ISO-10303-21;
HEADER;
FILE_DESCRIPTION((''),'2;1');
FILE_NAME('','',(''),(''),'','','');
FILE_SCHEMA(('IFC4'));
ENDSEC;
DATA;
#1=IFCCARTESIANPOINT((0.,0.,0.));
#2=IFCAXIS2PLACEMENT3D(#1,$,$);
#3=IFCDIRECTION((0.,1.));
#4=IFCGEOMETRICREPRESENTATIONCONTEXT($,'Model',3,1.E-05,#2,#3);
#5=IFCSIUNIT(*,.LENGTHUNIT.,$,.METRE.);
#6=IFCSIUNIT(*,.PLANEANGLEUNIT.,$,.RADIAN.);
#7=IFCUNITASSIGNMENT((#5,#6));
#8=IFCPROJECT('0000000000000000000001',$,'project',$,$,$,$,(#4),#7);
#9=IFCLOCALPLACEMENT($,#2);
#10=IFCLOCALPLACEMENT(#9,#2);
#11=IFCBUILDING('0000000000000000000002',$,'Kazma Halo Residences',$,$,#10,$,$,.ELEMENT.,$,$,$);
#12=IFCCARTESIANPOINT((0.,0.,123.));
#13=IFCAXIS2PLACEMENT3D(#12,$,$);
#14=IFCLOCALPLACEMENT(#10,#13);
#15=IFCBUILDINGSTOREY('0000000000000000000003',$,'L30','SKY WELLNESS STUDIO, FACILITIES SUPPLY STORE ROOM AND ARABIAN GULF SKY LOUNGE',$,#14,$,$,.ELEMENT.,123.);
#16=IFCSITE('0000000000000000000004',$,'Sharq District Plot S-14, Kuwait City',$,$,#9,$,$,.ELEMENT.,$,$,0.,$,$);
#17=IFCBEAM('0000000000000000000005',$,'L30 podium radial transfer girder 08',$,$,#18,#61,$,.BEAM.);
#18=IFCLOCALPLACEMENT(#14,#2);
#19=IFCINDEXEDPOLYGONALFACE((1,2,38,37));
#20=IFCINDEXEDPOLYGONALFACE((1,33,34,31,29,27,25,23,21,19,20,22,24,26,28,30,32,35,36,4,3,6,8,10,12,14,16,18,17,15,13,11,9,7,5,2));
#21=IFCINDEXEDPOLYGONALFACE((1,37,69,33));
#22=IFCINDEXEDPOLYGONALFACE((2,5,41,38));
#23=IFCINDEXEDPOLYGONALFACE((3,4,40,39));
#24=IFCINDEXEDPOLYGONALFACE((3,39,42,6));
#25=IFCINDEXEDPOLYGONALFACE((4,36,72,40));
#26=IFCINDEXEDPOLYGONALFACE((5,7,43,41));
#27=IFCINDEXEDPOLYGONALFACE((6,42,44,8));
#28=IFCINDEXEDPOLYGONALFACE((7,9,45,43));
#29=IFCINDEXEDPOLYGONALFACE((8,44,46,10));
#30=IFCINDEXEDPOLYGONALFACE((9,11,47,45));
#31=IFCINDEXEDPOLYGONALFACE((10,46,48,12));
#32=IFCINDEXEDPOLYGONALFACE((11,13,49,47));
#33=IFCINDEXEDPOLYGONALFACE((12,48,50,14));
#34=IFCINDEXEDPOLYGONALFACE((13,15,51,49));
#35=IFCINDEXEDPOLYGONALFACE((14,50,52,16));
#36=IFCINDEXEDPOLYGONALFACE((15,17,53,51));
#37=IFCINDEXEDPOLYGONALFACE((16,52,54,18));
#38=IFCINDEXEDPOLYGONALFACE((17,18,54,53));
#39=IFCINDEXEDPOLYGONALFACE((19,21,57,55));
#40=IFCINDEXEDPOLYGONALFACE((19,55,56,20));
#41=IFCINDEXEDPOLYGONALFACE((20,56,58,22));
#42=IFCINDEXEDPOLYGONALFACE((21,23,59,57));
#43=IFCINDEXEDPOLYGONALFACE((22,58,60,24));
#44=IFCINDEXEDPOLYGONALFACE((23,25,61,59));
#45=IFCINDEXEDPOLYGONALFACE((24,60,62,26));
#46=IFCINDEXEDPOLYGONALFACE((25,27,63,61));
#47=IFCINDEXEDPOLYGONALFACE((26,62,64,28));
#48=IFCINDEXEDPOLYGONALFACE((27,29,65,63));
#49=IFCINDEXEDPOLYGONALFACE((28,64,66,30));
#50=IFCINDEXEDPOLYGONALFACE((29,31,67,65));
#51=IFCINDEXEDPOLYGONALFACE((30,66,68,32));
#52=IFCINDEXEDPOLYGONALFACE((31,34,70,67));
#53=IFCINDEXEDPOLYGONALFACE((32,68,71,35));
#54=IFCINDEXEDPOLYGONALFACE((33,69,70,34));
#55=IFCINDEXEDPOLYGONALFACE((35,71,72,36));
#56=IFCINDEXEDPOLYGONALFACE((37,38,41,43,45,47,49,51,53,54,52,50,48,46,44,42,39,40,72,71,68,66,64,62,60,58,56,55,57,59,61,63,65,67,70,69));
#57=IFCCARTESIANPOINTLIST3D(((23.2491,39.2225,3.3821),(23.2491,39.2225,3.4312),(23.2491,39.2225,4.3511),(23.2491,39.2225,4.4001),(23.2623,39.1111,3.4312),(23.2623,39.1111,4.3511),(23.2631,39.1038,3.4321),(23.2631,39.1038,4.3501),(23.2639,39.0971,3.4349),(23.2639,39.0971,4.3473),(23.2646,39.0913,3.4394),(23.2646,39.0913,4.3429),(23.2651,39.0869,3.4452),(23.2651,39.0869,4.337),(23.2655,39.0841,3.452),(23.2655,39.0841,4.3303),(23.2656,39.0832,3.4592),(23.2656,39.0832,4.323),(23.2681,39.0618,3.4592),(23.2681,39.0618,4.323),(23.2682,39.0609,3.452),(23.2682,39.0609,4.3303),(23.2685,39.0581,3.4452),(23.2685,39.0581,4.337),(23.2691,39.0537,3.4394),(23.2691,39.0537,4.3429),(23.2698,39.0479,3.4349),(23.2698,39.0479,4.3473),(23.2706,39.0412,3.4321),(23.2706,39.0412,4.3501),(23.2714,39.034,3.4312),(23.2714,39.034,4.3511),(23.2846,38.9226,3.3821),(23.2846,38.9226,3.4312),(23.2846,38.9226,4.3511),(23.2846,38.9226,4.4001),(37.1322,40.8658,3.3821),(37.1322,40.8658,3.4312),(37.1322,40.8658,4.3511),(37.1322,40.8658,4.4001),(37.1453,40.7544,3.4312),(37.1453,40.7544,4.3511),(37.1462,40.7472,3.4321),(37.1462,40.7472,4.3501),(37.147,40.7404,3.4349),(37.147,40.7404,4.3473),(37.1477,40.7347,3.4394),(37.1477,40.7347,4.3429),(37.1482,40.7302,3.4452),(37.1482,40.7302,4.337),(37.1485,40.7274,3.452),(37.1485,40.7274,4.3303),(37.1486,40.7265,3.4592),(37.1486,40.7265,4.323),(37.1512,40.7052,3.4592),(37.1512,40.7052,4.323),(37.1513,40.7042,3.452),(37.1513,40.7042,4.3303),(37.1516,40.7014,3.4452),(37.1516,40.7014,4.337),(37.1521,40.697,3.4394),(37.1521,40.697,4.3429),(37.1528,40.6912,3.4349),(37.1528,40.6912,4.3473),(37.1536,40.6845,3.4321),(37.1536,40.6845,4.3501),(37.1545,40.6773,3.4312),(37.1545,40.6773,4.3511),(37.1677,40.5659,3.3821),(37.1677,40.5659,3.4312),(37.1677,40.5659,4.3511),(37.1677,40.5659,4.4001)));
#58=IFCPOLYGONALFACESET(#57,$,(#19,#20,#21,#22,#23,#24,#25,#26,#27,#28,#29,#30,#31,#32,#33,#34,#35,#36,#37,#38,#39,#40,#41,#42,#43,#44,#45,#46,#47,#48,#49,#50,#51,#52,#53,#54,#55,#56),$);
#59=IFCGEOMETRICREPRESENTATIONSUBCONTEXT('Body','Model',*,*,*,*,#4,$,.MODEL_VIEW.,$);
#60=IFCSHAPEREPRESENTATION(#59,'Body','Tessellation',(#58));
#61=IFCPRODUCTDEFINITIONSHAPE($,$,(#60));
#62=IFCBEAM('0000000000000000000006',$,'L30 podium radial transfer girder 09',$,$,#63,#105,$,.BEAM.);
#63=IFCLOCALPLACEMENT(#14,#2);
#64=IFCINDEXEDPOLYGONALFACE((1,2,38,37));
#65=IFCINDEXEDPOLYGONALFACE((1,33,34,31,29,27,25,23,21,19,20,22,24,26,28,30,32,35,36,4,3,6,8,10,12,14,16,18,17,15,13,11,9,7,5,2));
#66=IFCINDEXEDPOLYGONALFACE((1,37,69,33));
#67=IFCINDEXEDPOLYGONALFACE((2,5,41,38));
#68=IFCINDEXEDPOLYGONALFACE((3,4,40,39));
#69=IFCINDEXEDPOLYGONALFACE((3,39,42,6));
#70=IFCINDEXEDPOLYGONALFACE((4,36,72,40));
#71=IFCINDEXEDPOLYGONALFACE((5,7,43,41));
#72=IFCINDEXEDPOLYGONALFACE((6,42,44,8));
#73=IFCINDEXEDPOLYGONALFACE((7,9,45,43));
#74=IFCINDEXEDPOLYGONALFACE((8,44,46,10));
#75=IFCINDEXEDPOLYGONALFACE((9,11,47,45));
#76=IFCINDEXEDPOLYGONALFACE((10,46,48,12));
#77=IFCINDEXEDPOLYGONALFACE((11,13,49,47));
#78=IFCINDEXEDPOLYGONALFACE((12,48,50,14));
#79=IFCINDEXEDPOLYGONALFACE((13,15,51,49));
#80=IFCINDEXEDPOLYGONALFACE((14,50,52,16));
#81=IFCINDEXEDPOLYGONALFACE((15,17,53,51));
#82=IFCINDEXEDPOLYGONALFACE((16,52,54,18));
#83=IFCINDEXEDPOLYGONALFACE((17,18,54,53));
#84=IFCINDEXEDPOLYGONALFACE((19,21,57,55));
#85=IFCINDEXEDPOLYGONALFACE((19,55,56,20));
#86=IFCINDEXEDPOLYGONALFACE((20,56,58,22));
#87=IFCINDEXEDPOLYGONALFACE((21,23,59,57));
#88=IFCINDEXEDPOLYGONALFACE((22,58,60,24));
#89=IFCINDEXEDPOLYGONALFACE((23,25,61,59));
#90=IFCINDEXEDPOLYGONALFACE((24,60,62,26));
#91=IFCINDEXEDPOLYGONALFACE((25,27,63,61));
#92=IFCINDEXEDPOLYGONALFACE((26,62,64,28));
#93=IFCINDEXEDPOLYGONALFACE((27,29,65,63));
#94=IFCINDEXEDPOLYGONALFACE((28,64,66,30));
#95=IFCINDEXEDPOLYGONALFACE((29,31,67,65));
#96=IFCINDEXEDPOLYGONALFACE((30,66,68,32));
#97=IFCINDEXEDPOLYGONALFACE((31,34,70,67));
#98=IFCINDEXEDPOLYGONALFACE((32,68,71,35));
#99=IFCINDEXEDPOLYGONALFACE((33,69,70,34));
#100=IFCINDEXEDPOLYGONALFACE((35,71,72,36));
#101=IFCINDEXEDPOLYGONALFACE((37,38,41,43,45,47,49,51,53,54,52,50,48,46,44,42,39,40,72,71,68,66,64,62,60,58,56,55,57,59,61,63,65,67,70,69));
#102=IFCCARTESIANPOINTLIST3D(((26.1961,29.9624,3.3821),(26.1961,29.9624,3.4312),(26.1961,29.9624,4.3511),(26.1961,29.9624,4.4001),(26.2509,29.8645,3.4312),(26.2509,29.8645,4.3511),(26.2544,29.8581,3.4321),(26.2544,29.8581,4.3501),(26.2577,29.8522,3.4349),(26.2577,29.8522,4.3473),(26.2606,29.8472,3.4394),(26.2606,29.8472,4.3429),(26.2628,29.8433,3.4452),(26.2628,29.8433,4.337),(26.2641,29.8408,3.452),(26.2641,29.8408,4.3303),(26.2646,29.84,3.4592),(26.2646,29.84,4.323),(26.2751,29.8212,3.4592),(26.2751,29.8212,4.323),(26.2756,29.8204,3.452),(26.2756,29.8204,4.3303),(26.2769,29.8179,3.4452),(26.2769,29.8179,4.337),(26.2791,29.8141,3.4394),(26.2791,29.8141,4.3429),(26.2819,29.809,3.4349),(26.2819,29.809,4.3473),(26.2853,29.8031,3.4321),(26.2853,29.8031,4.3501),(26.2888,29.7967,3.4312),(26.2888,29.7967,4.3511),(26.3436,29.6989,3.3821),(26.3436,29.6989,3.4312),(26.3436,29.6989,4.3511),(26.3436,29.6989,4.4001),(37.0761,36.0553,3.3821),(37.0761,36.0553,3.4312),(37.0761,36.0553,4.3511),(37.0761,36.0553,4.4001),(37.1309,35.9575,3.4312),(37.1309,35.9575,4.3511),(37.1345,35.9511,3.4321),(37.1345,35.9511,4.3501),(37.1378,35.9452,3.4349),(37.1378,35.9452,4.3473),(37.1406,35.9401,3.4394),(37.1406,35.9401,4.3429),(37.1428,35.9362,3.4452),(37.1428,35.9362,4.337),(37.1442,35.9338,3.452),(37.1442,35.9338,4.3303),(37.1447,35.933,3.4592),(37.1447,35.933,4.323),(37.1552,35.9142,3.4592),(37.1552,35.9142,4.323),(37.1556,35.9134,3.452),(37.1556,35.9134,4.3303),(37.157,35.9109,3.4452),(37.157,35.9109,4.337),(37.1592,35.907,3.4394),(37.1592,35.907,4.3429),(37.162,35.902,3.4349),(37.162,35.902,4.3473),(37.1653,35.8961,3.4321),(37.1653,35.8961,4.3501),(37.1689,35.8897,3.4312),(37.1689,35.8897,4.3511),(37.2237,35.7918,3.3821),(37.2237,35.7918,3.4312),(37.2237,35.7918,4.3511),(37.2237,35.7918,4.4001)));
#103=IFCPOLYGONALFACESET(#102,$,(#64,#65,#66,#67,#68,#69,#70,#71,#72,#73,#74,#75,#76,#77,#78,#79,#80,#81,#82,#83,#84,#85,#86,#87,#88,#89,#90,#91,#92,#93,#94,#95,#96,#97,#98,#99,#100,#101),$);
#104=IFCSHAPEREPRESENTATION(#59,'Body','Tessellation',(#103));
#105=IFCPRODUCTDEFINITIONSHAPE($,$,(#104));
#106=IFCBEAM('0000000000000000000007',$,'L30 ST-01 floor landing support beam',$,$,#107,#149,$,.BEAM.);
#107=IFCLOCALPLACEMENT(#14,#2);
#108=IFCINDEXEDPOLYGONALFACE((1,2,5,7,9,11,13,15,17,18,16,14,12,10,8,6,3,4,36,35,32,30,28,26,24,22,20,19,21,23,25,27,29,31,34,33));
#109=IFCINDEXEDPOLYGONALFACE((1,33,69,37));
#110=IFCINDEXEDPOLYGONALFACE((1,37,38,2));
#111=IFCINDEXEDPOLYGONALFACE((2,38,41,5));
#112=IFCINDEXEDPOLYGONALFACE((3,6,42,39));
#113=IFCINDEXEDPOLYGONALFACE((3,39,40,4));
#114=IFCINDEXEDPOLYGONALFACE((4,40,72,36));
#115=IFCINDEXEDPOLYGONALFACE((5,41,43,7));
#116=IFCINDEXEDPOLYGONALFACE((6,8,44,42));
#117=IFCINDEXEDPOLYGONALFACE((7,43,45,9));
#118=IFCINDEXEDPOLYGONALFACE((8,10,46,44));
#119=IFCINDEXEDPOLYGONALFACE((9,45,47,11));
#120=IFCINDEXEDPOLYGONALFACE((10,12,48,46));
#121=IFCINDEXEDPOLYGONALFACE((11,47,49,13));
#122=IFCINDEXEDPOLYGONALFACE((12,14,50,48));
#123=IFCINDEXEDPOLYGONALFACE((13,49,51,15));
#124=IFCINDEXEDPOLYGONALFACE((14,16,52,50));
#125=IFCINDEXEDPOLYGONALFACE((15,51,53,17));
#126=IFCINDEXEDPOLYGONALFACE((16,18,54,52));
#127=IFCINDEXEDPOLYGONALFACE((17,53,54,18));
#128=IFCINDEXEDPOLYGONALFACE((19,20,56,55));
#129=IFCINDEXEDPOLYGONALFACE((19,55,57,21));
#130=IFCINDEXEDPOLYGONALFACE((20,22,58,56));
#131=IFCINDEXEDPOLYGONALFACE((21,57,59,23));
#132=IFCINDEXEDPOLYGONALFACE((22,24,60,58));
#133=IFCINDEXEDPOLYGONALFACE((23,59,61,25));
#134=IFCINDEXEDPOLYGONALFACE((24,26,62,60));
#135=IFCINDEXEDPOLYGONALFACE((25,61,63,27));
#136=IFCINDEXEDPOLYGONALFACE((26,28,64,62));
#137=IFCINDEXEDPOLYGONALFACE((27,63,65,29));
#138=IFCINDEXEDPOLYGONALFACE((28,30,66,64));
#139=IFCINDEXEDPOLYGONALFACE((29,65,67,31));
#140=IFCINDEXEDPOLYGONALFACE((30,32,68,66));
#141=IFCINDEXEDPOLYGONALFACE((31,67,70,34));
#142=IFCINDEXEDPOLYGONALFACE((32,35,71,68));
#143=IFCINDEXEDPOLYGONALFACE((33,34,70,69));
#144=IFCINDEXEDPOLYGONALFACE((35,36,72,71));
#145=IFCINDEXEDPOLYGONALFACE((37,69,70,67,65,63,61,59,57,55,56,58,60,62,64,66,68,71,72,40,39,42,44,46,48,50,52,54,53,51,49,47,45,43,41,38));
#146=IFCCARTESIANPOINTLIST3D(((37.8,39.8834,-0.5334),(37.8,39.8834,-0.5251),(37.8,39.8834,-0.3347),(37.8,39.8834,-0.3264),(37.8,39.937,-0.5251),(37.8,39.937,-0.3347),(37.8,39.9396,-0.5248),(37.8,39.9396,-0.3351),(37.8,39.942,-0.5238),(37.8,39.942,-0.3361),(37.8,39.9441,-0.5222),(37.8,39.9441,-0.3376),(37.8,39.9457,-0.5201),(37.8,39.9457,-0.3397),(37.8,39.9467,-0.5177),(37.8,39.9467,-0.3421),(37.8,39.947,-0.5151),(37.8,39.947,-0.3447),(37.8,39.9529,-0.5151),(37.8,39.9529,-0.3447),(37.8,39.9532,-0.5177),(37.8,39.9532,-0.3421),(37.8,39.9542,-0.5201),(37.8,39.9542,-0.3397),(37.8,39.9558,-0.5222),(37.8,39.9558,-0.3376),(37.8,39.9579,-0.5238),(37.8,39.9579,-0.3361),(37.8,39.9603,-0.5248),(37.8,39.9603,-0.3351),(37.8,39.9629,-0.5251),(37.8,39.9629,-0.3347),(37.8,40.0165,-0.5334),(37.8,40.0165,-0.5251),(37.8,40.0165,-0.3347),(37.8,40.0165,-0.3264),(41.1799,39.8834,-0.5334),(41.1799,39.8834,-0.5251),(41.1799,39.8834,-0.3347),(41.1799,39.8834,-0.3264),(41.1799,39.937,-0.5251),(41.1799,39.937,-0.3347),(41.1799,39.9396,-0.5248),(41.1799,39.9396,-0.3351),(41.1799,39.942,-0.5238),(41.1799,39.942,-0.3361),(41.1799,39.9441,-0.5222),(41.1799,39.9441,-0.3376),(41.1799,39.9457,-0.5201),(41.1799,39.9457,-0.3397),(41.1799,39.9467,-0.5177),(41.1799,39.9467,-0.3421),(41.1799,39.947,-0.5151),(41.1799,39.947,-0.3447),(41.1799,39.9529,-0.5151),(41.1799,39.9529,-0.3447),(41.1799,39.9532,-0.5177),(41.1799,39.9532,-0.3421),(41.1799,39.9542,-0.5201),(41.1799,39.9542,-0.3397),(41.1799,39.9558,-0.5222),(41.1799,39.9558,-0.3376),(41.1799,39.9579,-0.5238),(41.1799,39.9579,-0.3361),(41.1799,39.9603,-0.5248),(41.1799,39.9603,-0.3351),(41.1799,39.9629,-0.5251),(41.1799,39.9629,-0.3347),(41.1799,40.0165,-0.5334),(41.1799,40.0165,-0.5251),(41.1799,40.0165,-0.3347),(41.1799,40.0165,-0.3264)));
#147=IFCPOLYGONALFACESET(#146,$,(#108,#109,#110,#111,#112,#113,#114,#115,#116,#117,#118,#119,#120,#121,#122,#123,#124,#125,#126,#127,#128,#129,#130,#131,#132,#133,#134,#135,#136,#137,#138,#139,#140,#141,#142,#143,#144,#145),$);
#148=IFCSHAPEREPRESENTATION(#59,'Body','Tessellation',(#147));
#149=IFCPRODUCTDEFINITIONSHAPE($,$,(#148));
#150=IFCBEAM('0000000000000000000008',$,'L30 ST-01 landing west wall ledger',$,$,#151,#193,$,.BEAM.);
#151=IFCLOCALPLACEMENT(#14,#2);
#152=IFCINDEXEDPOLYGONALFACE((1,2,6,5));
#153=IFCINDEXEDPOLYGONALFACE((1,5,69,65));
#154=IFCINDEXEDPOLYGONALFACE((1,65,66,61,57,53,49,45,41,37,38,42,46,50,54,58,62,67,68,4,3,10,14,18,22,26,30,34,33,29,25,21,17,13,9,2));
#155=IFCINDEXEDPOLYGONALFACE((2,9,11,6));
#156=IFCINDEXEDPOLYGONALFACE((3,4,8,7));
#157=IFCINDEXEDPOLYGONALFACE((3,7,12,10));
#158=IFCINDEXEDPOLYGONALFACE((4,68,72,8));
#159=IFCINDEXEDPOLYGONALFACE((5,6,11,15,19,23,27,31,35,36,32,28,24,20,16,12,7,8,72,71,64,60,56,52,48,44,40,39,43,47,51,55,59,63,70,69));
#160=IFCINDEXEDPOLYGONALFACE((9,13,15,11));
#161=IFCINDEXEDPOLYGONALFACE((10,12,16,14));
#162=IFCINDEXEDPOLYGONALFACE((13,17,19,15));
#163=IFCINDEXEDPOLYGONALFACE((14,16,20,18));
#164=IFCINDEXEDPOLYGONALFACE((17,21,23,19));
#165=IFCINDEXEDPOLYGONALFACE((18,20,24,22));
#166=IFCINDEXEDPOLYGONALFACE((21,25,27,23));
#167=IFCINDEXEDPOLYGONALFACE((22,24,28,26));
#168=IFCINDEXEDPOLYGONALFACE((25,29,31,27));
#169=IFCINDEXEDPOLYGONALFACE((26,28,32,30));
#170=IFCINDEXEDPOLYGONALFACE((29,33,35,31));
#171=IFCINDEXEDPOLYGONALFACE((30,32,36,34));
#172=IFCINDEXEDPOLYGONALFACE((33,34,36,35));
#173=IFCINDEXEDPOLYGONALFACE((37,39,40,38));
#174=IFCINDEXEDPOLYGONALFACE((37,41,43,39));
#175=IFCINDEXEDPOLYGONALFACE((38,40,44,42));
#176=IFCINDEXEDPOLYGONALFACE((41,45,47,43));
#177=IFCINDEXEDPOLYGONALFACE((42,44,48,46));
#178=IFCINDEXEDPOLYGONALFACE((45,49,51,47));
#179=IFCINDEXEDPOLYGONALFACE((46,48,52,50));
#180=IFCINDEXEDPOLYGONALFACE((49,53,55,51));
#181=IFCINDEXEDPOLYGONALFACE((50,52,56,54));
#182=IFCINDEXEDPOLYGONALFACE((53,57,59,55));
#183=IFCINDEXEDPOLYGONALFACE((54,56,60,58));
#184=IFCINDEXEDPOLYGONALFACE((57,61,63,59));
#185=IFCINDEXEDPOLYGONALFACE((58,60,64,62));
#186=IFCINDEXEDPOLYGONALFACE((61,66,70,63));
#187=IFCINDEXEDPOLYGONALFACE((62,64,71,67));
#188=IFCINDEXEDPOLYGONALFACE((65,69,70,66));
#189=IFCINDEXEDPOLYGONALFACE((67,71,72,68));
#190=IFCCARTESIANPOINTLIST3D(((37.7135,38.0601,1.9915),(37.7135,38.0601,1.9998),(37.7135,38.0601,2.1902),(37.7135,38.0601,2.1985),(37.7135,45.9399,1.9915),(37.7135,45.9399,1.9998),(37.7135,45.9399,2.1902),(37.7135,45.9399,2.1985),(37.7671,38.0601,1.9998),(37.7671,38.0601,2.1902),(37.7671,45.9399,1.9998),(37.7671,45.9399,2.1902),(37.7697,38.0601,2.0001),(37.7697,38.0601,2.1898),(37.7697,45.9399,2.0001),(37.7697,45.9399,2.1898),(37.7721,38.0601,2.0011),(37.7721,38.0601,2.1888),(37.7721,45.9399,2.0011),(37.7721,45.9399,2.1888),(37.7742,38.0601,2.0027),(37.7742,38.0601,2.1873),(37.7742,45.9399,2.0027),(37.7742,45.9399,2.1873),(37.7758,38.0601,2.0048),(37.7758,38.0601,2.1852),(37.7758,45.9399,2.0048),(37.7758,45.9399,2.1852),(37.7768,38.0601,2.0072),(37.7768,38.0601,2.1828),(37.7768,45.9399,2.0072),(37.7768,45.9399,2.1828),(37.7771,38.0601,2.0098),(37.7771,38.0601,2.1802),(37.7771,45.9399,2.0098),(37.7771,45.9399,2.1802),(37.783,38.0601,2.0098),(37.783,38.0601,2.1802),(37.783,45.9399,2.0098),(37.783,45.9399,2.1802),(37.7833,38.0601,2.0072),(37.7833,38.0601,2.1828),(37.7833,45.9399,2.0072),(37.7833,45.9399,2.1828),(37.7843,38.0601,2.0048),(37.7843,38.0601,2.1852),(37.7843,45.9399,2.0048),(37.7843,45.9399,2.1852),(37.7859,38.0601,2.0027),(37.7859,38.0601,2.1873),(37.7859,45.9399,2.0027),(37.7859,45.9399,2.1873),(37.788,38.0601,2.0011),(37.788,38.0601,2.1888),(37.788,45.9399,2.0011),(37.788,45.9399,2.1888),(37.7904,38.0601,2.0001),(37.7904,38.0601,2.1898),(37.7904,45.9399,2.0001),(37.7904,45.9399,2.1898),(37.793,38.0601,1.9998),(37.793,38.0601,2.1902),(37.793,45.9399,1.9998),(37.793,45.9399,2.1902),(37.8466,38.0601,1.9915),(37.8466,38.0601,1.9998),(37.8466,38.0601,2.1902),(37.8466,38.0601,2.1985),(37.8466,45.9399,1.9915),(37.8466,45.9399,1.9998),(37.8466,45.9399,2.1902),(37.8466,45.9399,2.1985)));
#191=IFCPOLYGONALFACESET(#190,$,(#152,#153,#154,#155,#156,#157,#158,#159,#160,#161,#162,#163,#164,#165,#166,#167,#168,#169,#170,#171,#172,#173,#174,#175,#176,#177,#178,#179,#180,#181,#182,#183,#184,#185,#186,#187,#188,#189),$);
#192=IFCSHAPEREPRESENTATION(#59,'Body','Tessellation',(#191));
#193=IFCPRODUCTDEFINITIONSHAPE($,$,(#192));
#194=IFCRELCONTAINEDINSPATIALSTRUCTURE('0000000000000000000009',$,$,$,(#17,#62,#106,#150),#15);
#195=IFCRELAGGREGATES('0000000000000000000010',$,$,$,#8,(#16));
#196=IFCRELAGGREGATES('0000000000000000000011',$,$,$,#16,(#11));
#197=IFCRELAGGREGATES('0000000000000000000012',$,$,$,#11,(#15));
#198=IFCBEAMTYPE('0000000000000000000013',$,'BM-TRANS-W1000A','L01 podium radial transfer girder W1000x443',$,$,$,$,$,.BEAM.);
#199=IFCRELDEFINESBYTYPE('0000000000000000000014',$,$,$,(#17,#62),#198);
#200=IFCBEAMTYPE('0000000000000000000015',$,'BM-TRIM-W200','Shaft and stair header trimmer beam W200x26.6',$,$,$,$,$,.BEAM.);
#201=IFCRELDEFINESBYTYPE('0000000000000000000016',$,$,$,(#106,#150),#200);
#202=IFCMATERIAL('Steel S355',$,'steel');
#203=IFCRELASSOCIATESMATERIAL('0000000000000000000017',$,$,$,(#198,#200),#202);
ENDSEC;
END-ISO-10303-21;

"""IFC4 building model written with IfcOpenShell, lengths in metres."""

from ifc_helpers import new_model, si_unit, direction, frame, origin, origin_2d, place, context, subcontext, project, spatial, i_section, extrude, material, material_profile, profile_set, type_object, element, save


model = new_model("IFC4")

# Units and contexts
model_context = context("Model", 3, precision=1e-05, world=origin(), true_north=direction((0.0, 1.0)))
body_context = subcontext(model_context, "Body", "Model", "MODEL_VIEW")
ifc_project = project(units=[si_unit("LENGTHUNIT", "METRE"), si_unit("PLANEANGLEUNIT", "RADIAN")], contexts=[model_context])

# Site, building, storey
site_placement = place(None, origin())
site = spatial("IfcSite", under=ifc_project, at=site_placement, Name="Sharq District Plot S-14, Kuwait City", CompositionType="ELEMENT", RefElevation=0.0)
building_placement = place(site_placement, origin())
building = spatial("IfcBuilding", under=site, at=building_placement, Name="Kazma Halo Residences", CompositionType="ELEMENT")
storey_placement = place(building_placement, frame((0.0, 0.0, 123.0)))
storey = spatial("IfcBuildingStorey", under=building, at=storey_placement, Name="L30", Description="SKY WELLNESS STUDIO, FACILITIES SUPPLY STORE ROOM AND ARABIAN GULF SKY LOUNGE", CompositionType="ELEMENT", Elevation=123.0)

# Beams
ifc_material_1 = material(Name="Steel S355", Category="steel")
ifc_material_profile_1 = material_profile(ifc_material_1, i_section(OverallWidth=0.302, OverallDepth=1.0181, WebThickness=0.0215, FlangeThickness=0.0491, FilletRadius=0.0281, at=origin_2d()), Name="W1000x443")
ifc_profile_set_1 = profile_set([ifc_material_profile_1], Name="Steel S355")
beam_type_1 = type_object("IfcBeamType", Name="BM-TRANS-W1000A", Description="L01 podium radial transfer girder W1000x443", PredefinedType="BEAM", material=ifc_profile_set_1)
beam_1_placement = place(storey_placement, frame((37.1499, 40.7158, 3.8911), z_axis=(-0.993067, -0.117547, 0.0), x_axis=(0.117547, -0.993067, 0.0)))
element("IfcBeam", 1, at=beam_1_placement, inside=storey, type_object=beam_type_1, Name="L30 podium radial transfer girder 08", PredefinedType="BEAM", context=body_context, shape_type="SweptSolid", body=[
    extrude(i_section(OverallWidth=0.302, OverallDepth=1.0181, WebThickness=0.0215, FlangeThickness=0.0491, FilletRadius=0.0281, at=origin_2d()), origin(), (0.0, 0.0, 1.0), 13.98),
])
beam_2_placement = place(storey_placement, frame((37.1499, 35.9236, 3.8911), z_axis=(-0.872501, -0.488612, 0.0), x_axis=(0.488612, -0.872501, 0.0)))
element("IfcBeam", 2, at=beam_2_placement, inside=storey, type_object=beam_type_1, Name="L30 podium radial transfer girder 09", PredefinedType="BEAM", context=body_context, shape_type="SweptSolid", body=[
    extrude(i_section(OverallWidth=0.302, OverallDepth=1.0181, WebThickness=0.0215, FlangeThickness=0.0491, FilletRadius=0.0281, at=origin_2d()), origin(), (0.0, 0.0, 1.0), 12.47),
])
ifc_material_profile_2 = material_profile(ifc_material_1, i_section(OverallWidth=0.1331, OverallDepth=0.207, WebThickness=0.0059, FlangeThickness=0.0083, FilletRadius=0.01, at=origin_2d()), Name="W200x26.6")
ifc_profile_set_2 = profile_set([ifc_material_profile_2], Name="Steel S355")
beam_type_2 = type_object("IfcBeamType", Name="BM-TRIM-W200", Description="Shaft and stair header trimmer beam W200x26.6", PredefinedType="BEAM", material=ifc_profile_set_2)
beam_3_placement = place(storey_placement, frame((37.8, 39.95, -0.4299), z_axis=(1.0, 0.0, 0.0), x_axis=(0.0, 1.0, 0.0)))
element("IfcBeam", 3, at=beam_3_placement, inside=storey, type_object=beam_type_2, Name="L30 ST-01 floor landing support beam", PredefinedType="BEAM", context=body_context, shape_type="SweptSolid", body=[
    extrude(i_section(OverallWidth=0.1331, OverallDepth=0.207, WebThickness=0.0059, FlangeThickness=0.0083, FilletRadius=0.01, at=origin_2d()), origin(), (0.0, 0.0, 1.0), 3.3799),
])
beam_4_placement = place(storey_placement, frame((37.78, 38.0601, 2.095), z_axis=(0.0, 1.0, 0.0), x_axis=(-1.0, 0.0, 0.0)))
element("IfcBeam", 4, at=beam_4_placement, inside=storey, type_object=beam_type_2, Name="L30 ST-01 landing west wall ledger", PredefinedType="BEAM", context=body_context, shape_type="SweptSolid", body=[
    extrude(i_section(OverallWidth=0.1331, OverallDepth=0.207, WebThickness=0.0059, FlangeThickness=0.0083, FilletRadius=0.01, at=origin_2d()), origin(), (0.0, 0.0, 1.0), 7.8799),
])

save(model, "model.ifc")
